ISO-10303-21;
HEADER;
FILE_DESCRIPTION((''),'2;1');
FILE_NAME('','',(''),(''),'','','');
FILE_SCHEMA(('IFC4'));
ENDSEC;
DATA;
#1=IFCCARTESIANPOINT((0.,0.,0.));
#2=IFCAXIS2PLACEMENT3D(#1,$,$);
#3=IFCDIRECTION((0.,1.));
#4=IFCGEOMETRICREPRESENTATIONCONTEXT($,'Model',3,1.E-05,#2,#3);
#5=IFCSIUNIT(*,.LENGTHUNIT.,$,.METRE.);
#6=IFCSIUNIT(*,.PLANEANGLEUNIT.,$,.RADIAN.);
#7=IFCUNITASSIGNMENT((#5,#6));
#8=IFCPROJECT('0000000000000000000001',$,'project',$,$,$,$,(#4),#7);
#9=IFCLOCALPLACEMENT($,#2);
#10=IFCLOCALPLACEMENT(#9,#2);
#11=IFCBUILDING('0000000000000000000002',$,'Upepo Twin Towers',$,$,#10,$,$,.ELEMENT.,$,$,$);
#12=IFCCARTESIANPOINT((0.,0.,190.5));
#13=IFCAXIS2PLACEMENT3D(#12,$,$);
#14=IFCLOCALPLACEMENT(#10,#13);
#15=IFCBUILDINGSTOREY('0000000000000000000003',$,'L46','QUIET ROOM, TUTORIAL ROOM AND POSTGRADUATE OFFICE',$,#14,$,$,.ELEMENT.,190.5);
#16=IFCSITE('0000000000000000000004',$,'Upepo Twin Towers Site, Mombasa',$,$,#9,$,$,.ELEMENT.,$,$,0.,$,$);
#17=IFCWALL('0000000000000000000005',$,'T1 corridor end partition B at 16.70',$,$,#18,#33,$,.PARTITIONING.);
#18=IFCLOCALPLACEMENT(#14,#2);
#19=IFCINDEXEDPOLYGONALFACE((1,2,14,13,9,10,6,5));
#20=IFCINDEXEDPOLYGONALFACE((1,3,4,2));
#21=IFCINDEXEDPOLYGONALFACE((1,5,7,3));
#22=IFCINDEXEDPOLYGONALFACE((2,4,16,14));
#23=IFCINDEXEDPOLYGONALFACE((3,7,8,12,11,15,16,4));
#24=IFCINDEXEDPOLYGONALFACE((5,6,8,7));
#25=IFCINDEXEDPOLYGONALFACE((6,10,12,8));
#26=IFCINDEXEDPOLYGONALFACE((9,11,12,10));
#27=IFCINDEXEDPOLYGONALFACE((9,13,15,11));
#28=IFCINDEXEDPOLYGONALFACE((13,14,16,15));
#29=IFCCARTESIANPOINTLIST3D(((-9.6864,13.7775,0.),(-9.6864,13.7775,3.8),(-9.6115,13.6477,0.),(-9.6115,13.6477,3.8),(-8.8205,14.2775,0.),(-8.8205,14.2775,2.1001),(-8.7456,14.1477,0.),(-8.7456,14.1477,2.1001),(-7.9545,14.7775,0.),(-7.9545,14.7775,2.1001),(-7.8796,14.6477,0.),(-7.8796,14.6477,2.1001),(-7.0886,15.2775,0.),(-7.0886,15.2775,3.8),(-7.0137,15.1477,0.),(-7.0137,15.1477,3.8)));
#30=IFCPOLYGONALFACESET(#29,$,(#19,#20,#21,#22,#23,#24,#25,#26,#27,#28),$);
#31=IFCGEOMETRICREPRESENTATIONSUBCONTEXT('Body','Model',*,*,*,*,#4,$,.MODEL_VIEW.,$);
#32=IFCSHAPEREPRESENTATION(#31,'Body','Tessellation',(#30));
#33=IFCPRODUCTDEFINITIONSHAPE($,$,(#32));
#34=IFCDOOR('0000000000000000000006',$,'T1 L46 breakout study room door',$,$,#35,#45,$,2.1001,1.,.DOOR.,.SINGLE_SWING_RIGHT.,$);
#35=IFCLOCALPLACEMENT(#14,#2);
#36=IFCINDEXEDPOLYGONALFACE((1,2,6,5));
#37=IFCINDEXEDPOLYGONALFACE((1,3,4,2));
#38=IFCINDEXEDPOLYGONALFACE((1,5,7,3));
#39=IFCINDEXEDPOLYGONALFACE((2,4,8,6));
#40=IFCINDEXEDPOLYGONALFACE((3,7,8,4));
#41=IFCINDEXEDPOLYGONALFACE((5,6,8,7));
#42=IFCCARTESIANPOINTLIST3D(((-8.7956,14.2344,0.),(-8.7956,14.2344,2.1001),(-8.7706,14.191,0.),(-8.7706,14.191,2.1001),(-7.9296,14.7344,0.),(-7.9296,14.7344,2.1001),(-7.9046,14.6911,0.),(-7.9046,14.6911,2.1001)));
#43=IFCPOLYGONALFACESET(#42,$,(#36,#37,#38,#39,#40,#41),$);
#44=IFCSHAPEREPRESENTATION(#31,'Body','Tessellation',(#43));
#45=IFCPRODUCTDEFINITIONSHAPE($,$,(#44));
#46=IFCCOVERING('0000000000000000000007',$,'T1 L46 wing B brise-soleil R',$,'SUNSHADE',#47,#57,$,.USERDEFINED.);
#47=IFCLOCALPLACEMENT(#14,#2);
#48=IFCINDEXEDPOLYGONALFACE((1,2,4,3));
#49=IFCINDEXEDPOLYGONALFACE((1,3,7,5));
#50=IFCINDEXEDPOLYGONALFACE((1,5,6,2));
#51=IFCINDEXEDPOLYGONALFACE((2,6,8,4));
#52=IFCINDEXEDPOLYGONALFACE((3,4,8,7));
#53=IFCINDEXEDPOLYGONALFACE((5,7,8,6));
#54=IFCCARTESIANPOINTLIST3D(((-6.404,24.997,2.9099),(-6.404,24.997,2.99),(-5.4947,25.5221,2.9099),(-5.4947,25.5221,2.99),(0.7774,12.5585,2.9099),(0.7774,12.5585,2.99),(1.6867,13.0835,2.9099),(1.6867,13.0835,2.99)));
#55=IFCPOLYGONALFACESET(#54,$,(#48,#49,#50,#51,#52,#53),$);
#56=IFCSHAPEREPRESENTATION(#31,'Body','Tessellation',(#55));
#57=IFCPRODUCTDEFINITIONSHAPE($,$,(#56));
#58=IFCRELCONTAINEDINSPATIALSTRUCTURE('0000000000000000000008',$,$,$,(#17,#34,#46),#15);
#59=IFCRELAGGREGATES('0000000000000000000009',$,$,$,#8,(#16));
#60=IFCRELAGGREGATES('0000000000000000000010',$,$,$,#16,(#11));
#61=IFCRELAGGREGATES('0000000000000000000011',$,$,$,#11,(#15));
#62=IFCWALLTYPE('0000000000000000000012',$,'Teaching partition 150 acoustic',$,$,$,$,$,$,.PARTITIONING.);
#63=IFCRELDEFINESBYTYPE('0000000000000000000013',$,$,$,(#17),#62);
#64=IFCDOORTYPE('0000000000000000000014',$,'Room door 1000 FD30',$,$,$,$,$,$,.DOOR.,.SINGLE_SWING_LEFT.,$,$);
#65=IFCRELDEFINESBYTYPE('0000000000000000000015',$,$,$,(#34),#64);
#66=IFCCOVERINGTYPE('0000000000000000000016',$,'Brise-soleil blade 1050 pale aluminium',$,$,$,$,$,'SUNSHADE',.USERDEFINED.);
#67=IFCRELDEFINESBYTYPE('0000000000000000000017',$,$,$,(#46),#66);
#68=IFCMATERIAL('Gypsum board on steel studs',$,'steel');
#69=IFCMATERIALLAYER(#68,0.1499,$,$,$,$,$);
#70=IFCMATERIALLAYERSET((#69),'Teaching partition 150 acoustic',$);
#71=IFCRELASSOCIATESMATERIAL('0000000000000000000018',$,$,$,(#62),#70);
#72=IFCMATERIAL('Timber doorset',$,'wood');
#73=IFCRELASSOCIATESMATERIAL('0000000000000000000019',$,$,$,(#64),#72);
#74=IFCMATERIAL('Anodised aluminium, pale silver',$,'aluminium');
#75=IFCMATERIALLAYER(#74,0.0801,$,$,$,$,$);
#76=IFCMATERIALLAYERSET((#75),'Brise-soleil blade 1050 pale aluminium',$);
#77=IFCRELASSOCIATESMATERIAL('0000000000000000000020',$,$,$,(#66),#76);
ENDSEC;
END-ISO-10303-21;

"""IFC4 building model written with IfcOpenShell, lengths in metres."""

from ifc_helpers import new_model, si_unit, direction, frame, frame_2d, origin, origin_2d, place, context, subcontext, project, spatial, rectangle, extrude, material, layer, layer_set, type_object, element, fill, save


model = new_model("IFC4")

# Units and contexts
model_context = context("Model", 3, precision=1e-05, world=origin(), true_north=direction((0.0, 1.0)))
body_context = subcontext(model_context, "Body", "Model", "MODEL_VIEW")
ifc_project = project(units=[si_unit("LENGTHUNIT", "METRE"), si_unit("PLANEANGLEUNIT", "RADIAN")], contexts=[model_context])

# Site, building, storey
site_placement = place(None, origin())
site = spatial("IfcSite", under=ifc_project, at=site_placement, Name="Upepo Twin Towers Site, Mombasa", CompositionType="ELEMENT", RefElevation=0.0)
building_placement = place(site_placement, origin())
building = spatial("IfcBuilding", under=site, at=building_placement, Name="Upepo Twin Towers", CompositionType="ELEMENT")
storey_placement = place(building_placement, frame((0.0, 0.0, 190.5)))
storey = spatial("IfcBuildingStorey", under=building, at=storey_placement, Name="L46", Description="QUIET ROOM, TUTORIAL ROOM AND POSTGRADUATE OFFICE", CompositionType="ELEMENT", Elevation=190.5)

# Wall, opening, door
ifc_material_1 = material(Name="Gypsum board on steel studs", Category="steel")
ifc_layer_1 = layer(ifc_material_1, 0.1499)
ifc_layer_set_1 = layer_set([ifc_layer_1], Name="Teaching partition 150 acoustic")
wall_type_1 = type_object("IfcWallType", Name="Teaching partition 150 acoustic", PredefinedType="PARTITIONING", material=ifc_layer_set_1)
wall_1_placement = place(storey_placement, frame((-7.051, 15.2126, 0.0), z_axis=(0.0, 0.0, 1.0), x_axis=(-0.866011, -0.500025, 0.0)))
wall_1 = element("IfcWall", 1, at=wall_1_placement, inside=storey, type_object=wall_type_1, Name="T1 corridor end partition B at 16.70", PredefinedType="PARTITIONING", context=body_context, shape_type="SweptSolid", body=[
    extrude(rectangle(XDim=2.9998, YDim=0.1499, at=frame_2d((1.5, 0.0))), origin(), (0.0, 0.0, 1.0), 3.8),
])
opening_1_placement = place(wall_1_placement, frame((1.0, 0.0, 0.0)))
opening_1 = element("IfcOpeningElement", 2, at=opening_1_placement, cuts=wall_1, PredefinedType="OPENING", context=body_context, shape_type="SweptSolid", body=[
    extrude(rectangle(XDim=1.0, YDim=2.1001, at=frame_2d((0.5, 1.05))), frame((0.0, 0.085, 0.0), z_axis=(0.0, -1.0, 0.0), x_axis=(1.0, 0.0, 0.0)), (0.0, 0.0, 1.0), 0.1699),
])
ifc_material_2 = material(Name="Timber doorset", Category="wood")
door_type_1 = type_object("IfcDoorType", Name="Room door 1000 FD30", OperationType="SINGLE_SWING_LEFT", PredefinedType="DOOR", material=ifc_material_2)
door_1_placement = place(opening_1_placement, origin())
door_1 = element("IfcDoor", 3, at=door_1_placement, inside=storey, type_object=door_type_1, Name="T1 L46 breakout study room door", OperationType="SINGLE_SWING_RIGHT", OverallHeight=2.1001, OverallWidth=1.0, PredefinedType="DOOR", context=body_context, shape_type="SweptSolid", body=[
    extrude(rectangle(XDim=1.0, YDim=2.1001, at=frame_2d((0.5, 1.05))), frame((0.0, 0.0249, 0.0), z_axis=(0.0, -1.0, 0.0), x_axis=(1.0, 0.0, 0.0)), (0.0, 0.0, 1.0), 0.05),
])
fill(opening_1, door_1)

# Covering
ifc_material_3 = material(Name="Anodised aluminium, pale silver", Category="aluminium")
ifc_layer_2 = layer(ifc_material_3, 0.0801)
ifc_layer_set_2 = layer_set([ifc_layer_2], Name="Brise-soleil blade 1050 pale aluminium")
covering_type = type_object("IfcCoveringType", Name="Brise-soleil blade 1050 pale aluminium", ElementType="SUNSHADE", PredefinedType="USERDEFINED", material=ifc_layer_set_2)
covering_placement = place(storey_placement, frame((-2.3586, 19.0403, 2.9099), z_axis=(0.0, 0.0, 1.0), x_axis=(-0.5, 0.866025, 0.0)))
element("IfcCovering", 4, at=covering_placement, inside=storey, type_object=covering_type, Name="T1 L46 wing B brise-soleil R", ObjectType="SUNSHADE", PredefinedType="USERDEFINED", context=body_context, shape_type="SweptSolid", body=[
    extrude(rectangle(XDim=14.3628, YDim=1.05, at=origin_2d()), origin(), (0.0, 0.0, 1.0), 0.0801),
])

save(model, "model.ifc")
